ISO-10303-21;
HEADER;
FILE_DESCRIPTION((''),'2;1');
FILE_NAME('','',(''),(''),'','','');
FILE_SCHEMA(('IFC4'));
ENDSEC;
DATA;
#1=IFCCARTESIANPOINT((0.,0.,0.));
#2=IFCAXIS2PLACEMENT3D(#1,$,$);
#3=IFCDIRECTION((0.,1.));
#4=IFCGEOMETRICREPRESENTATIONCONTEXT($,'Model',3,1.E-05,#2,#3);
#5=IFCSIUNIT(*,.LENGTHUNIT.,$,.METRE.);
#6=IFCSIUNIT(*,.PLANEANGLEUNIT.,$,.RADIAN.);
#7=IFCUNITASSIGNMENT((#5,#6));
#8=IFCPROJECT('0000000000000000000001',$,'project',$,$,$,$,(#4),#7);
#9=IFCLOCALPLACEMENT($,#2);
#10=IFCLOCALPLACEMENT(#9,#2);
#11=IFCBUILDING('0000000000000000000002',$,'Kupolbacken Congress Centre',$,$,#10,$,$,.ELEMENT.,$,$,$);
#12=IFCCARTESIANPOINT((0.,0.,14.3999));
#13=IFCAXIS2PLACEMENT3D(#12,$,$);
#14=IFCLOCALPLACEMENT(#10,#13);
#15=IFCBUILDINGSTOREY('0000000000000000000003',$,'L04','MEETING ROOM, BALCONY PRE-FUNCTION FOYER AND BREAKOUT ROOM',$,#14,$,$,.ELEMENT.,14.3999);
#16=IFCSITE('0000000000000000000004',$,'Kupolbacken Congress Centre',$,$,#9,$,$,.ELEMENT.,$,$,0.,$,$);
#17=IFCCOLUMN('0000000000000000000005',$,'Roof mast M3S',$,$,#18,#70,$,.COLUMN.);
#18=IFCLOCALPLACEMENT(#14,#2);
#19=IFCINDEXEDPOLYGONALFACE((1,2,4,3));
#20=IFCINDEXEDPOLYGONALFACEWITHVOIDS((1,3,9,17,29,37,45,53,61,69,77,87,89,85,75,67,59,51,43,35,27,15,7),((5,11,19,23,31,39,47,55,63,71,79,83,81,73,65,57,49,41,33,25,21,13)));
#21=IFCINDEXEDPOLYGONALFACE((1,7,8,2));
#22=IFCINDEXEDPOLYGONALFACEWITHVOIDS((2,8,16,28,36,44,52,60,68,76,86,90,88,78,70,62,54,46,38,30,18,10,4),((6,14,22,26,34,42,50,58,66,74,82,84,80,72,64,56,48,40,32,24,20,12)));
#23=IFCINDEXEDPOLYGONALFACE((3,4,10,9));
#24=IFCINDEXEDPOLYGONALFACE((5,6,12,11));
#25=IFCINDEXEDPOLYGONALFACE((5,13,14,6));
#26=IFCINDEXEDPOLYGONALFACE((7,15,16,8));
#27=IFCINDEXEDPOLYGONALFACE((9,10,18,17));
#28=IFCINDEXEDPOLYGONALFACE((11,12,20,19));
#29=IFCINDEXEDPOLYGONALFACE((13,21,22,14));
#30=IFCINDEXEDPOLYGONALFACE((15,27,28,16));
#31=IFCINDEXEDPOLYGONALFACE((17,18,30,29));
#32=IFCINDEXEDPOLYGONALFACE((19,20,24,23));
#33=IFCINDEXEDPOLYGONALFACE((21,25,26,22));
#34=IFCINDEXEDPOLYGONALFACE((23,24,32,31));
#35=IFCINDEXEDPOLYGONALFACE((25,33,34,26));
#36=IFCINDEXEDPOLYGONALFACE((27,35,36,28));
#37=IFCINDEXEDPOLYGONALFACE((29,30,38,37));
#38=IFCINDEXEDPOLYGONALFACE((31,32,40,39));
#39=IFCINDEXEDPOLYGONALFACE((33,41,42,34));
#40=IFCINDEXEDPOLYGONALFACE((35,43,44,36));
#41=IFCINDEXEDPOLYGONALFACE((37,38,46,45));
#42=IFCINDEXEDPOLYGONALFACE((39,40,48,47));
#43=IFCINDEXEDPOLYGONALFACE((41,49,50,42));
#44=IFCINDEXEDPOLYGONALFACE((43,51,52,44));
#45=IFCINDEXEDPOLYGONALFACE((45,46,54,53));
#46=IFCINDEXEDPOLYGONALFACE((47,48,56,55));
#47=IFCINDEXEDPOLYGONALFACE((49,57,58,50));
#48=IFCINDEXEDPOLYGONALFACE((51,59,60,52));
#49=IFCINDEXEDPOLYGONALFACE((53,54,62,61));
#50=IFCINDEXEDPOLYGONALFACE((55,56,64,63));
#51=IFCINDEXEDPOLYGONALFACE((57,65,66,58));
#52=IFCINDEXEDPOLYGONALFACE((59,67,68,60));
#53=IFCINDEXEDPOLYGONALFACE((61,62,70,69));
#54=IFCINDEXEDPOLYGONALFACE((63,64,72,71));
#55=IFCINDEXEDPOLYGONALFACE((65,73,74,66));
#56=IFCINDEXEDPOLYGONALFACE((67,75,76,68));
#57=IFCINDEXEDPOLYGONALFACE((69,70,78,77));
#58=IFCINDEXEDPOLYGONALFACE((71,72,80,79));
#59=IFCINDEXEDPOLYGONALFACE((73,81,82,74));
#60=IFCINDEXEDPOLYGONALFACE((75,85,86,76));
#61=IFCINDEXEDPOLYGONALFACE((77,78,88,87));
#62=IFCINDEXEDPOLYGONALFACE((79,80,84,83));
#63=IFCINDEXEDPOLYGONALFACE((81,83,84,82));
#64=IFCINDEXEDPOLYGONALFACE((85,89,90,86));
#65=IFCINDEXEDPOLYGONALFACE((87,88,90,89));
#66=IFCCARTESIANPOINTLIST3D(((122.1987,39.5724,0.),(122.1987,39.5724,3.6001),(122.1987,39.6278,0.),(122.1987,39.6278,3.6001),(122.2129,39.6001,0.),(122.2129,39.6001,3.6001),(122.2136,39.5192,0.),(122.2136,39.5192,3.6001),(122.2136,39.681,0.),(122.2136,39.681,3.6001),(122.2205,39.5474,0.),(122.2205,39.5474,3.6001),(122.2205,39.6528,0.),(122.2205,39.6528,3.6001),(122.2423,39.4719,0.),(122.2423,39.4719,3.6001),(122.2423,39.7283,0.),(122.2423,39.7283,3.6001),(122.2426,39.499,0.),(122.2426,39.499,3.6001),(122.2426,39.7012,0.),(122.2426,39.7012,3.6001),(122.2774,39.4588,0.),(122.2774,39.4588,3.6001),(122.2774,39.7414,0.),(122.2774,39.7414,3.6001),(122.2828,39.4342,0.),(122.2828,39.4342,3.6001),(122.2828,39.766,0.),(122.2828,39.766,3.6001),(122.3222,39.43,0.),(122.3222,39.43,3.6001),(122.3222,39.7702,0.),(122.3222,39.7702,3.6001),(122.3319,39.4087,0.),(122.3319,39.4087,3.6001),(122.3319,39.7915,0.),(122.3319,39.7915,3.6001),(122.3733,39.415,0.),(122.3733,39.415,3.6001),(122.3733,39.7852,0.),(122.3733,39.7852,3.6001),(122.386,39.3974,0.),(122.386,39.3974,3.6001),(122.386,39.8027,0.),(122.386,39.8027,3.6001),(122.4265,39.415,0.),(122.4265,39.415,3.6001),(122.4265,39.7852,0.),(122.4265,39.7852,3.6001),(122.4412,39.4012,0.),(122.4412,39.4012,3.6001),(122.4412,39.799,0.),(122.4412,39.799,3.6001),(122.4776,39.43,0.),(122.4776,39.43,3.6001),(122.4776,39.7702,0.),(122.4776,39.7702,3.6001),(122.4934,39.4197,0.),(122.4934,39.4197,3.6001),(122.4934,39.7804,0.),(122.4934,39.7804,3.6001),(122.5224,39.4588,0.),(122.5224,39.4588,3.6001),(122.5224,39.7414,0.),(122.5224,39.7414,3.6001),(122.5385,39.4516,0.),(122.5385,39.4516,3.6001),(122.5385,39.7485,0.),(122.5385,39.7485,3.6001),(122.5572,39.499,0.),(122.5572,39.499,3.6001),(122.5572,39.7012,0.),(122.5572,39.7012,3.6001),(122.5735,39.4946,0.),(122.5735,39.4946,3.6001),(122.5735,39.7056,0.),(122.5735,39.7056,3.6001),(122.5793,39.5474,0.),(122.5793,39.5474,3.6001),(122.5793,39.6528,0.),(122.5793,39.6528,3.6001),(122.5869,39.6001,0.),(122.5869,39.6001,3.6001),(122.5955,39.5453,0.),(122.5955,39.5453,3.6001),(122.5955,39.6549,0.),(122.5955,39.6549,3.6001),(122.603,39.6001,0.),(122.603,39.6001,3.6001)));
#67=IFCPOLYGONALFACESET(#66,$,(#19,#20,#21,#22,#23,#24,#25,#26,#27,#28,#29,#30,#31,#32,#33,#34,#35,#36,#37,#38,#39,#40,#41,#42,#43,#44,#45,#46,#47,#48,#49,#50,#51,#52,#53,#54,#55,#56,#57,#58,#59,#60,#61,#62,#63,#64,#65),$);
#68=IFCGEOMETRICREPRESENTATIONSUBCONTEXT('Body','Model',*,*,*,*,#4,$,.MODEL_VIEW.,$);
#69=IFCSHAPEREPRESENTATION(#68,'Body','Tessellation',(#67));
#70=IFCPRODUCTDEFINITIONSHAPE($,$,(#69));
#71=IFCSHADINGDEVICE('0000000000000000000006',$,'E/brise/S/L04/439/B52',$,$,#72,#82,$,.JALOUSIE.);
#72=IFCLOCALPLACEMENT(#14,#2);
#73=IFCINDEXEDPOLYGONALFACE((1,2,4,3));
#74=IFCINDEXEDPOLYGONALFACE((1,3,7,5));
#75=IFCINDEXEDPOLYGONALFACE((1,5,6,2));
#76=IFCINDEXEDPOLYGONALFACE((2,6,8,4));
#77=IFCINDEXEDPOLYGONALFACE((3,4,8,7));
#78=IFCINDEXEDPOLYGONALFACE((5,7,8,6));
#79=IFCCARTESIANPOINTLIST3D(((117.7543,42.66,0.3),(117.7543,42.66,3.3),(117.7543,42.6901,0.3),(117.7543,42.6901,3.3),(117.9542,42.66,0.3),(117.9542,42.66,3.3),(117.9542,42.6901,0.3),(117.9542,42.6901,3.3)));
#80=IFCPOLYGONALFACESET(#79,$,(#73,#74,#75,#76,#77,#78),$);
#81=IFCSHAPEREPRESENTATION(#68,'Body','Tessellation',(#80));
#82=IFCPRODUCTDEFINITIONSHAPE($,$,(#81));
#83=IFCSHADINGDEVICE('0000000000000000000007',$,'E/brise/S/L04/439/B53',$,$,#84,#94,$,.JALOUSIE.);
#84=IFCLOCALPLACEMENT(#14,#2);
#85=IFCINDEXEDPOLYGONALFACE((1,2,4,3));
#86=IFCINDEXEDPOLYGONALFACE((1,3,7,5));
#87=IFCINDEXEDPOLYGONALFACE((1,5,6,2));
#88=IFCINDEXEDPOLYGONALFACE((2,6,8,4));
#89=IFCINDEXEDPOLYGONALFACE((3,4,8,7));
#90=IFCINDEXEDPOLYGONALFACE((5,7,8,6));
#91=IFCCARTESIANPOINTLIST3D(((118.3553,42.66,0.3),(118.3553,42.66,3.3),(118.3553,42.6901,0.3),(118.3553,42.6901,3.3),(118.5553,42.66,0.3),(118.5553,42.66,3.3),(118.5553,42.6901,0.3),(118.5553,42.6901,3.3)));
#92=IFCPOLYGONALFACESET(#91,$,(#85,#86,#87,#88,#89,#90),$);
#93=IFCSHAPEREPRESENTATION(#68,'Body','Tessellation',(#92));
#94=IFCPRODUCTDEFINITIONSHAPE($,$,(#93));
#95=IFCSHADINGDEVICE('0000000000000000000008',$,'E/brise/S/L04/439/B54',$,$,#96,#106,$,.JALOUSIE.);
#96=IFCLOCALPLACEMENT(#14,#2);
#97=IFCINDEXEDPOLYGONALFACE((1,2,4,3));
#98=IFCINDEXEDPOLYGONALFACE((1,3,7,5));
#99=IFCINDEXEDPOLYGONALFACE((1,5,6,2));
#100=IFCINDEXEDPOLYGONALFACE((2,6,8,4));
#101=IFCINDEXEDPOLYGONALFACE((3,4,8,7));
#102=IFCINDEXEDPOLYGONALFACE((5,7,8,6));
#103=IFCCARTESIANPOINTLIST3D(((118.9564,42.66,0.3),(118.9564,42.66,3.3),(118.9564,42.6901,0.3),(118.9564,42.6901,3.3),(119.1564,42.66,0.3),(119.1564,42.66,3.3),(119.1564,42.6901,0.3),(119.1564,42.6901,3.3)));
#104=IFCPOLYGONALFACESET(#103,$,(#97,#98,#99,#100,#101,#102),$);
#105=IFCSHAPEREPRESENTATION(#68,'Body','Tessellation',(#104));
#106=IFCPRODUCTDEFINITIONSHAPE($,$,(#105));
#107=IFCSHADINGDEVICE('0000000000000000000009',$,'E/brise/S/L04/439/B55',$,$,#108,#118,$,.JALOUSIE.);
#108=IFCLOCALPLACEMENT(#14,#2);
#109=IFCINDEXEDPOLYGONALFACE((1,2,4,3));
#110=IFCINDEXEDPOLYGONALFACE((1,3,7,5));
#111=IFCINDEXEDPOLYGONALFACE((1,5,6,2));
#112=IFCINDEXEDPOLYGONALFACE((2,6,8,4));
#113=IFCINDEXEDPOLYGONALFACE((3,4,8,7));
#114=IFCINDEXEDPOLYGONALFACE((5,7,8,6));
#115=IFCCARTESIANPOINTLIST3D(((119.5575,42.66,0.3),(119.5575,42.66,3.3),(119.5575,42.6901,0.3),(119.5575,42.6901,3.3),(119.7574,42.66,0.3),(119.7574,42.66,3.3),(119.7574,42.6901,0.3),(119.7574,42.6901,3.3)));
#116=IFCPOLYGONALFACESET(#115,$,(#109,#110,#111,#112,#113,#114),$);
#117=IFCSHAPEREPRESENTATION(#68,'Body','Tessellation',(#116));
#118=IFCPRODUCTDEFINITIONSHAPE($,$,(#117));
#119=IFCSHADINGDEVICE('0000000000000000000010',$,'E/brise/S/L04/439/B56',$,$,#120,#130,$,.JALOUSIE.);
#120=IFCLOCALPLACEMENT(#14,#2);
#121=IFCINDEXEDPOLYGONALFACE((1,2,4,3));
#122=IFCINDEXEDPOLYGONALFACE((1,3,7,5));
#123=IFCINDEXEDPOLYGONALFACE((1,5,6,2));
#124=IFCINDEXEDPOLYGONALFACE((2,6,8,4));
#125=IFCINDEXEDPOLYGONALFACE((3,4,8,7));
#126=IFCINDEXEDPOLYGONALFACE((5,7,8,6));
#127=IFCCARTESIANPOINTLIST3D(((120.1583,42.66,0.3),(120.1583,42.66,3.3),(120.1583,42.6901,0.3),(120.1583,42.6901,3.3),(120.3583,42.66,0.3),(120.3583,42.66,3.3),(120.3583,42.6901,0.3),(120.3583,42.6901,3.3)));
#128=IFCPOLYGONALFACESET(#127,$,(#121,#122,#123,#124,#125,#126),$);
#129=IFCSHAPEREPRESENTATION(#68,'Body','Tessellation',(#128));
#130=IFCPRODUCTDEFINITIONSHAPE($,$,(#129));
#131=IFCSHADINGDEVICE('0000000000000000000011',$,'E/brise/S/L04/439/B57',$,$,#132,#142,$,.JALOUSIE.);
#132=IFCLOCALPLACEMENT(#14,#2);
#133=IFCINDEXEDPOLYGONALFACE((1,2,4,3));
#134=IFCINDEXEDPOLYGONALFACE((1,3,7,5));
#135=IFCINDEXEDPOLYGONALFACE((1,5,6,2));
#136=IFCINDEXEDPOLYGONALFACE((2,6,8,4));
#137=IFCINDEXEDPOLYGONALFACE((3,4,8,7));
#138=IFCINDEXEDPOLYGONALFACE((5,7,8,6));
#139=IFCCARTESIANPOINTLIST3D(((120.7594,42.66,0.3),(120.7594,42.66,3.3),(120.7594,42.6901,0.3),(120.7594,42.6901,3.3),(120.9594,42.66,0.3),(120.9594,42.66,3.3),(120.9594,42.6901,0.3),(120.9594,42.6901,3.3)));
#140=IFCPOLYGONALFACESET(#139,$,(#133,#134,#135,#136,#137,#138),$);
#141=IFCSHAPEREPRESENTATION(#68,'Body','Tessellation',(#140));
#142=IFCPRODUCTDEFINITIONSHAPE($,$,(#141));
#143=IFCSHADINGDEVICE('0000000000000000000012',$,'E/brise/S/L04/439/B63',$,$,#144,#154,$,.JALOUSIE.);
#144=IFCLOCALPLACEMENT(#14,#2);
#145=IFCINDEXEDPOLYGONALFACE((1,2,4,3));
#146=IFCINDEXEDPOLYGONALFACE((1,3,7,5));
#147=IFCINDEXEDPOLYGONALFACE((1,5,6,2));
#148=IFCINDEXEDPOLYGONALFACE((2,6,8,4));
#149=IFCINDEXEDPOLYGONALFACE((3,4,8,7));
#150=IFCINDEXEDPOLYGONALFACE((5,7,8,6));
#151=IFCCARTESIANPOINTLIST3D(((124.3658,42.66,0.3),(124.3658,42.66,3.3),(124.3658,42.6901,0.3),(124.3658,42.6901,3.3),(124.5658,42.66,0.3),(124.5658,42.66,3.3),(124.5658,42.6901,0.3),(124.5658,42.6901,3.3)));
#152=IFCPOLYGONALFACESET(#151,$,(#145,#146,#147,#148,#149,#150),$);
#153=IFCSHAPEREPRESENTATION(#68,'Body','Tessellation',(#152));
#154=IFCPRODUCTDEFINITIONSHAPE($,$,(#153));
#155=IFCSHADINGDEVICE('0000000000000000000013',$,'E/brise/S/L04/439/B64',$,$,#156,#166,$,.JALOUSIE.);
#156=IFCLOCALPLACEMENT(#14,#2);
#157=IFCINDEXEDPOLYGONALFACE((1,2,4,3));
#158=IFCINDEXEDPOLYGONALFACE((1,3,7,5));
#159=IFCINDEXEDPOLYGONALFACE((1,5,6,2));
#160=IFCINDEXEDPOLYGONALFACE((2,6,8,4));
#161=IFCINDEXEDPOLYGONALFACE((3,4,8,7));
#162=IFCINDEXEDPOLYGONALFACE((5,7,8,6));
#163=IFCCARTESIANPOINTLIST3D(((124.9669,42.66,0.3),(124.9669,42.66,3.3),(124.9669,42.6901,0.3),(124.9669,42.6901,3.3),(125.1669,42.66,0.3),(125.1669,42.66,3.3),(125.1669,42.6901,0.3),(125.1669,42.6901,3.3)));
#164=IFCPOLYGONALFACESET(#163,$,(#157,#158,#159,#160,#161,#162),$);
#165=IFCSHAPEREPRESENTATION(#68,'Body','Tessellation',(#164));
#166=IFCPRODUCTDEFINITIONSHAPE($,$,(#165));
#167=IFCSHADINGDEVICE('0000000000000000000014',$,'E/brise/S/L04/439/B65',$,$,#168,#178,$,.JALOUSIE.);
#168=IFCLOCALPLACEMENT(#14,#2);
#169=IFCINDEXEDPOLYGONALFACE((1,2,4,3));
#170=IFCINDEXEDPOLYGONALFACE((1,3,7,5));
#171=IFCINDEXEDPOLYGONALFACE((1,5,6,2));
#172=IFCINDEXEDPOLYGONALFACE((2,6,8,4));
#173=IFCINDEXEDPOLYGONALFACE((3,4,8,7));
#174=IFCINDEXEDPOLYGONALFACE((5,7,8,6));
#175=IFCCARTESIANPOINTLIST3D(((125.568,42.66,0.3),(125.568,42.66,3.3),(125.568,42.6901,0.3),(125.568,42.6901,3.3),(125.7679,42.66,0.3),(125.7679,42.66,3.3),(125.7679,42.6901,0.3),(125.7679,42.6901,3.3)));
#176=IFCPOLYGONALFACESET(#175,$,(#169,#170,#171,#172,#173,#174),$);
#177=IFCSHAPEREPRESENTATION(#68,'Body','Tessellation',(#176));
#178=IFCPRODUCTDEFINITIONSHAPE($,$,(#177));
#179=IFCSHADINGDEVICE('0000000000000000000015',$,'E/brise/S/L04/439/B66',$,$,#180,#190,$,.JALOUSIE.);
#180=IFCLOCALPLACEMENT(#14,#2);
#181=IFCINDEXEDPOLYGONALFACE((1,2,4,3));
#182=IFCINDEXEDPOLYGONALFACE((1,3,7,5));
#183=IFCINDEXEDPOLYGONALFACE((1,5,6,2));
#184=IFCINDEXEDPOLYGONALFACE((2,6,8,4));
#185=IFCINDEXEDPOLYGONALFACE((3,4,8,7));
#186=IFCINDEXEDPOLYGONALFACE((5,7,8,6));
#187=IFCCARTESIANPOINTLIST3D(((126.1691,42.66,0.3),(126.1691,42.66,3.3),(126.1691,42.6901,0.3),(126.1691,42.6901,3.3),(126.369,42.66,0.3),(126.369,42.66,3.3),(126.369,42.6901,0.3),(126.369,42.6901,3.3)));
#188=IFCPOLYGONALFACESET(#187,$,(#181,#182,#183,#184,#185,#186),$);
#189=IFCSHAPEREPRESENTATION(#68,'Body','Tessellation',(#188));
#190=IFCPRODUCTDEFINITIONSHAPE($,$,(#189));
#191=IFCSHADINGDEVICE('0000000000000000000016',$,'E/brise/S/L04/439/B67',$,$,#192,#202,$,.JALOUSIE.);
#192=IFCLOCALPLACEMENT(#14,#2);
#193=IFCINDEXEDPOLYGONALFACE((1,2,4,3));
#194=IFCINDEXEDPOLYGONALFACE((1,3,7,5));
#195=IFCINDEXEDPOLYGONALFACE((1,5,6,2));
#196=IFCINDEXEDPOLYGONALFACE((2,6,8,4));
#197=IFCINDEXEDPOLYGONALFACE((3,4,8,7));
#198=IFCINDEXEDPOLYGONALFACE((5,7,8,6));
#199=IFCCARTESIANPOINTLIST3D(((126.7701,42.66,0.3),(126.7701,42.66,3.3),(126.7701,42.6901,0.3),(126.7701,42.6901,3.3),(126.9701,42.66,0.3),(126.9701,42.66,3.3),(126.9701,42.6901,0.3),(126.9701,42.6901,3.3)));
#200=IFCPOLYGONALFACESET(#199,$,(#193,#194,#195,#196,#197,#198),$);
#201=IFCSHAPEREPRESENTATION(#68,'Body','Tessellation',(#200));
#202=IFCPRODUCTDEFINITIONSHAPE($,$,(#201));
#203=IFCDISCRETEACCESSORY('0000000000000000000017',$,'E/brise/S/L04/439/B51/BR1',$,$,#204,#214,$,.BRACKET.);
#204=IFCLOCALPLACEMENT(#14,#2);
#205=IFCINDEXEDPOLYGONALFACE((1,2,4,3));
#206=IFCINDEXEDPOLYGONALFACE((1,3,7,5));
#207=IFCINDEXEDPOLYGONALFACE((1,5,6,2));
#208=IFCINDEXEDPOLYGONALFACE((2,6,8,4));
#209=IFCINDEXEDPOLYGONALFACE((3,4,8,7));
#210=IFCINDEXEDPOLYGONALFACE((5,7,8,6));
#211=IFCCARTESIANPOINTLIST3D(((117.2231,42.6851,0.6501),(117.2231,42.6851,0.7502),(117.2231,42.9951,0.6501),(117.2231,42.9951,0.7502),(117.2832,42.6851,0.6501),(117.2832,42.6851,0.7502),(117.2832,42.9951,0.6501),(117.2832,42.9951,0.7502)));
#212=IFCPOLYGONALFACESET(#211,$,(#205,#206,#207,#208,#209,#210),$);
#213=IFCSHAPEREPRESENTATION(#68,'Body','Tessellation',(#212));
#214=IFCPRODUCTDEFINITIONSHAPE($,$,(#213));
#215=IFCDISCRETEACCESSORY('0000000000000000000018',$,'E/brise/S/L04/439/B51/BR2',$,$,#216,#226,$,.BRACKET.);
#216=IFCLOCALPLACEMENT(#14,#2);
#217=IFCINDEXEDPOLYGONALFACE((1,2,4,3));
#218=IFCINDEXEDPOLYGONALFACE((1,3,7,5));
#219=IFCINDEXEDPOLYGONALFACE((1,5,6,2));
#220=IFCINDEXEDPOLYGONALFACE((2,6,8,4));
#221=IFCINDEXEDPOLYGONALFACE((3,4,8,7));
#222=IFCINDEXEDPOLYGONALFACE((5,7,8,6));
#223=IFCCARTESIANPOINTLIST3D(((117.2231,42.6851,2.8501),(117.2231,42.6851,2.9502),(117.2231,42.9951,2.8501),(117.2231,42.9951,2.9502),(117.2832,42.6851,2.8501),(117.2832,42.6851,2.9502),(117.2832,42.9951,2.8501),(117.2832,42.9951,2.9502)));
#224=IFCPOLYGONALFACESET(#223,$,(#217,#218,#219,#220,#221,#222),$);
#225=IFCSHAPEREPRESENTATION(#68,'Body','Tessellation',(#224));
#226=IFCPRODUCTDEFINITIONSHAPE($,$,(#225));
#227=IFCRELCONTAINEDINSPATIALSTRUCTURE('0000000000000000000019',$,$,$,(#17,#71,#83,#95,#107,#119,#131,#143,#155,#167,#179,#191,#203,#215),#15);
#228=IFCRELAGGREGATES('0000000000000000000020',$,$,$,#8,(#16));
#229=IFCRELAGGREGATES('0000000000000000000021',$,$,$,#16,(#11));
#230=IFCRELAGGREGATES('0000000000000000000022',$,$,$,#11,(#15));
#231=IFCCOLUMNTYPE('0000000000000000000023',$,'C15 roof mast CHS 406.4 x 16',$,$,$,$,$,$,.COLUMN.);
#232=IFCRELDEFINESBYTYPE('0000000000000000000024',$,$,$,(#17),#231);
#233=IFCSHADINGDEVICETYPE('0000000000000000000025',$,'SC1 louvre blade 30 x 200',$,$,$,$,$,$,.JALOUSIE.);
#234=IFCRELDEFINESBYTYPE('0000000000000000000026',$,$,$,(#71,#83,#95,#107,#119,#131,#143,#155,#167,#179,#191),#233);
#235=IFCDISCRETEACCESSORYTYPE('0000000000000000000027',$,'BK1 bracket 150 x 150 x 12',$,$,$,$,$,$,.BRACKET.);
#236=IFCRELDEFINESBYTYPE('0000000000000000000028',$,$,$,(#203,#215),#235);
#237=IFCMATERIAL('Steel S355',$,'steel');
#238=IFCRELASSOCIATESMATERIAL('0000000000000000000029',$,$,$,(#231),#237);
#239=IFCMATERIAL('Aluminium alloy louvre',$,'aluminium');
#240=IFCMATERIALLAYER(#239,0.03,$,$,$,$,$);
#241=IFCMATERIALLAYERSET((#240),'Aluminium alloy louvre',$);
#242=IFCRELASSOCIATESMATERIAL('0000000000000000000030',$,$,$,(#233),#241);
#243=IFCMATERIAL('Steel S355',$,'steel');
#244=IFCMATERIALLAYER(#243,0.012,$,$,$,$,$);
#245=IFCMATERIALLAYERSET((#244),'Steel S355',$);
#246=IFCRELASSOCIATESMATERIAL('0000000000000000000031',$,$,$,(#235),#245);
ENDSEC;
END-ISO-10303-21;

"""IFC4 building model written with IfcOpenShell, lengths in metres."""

from ifc_helpers import new_model, si_unit, direction, frame, origin, origin_2d, place, context, subcontext, project, spatial, rectangle, hollow_circle, extrude, material, layer, layer_set, material_profile, profile_set, type_object, element, save


model = new_model("IFC4")

# Units and contexts
model_context = context("Model", 3, precision=1e-05, world=origin(), true_north=direction((0.0, 1.0)))
body_context = subcontext(model_context, "Body", "Model", "MODEL_VIEW")
ifc_project = project(units=[si_unit("LENGTHUNIT", "METRE"), si_unit("PLANEANGLEUNIT", "RADIAN")], contexts=[model_context])

# Site, building, storey
site_placement = place(None, origin())
site = spatial("IfcSite", under=ifc_project, at=site_placement, Name="Kupolbacken Congress Centre", CompositionType="ELEMENT", RefElevation=0.0)
building_placement = place(site_placement, origin())
building = spatial("IfcBuilding", under=site, at=building_placement, Name="Kupolbacken Congress Centre", CompositionType="ELEMENT")
storey_placement = place(building_placement, frame((0.0, 0.0, 14.3999)))
storey = spatial("IfcBuildingStorey", under=building, at=storey_placement, Name="L04", Description="MEETING ROOM, BALCONY PRE-FUNCTION FOYER AND BREAKOUT ROOM", CompositionType="ELEMENT", Elevation=14.3999)

# Column
ifc_material_1 = material(Name="Steel S355", Category="steel")
ifc_material_profile = material_profile(ifc_material_1, hollow_circle(Radius=0.2031, WallThickness=0.0161, at=origin_2d()), Name="CHS 406.4 x 16")
ifc_profile_set = profile_set([ifc_material_profile], Name="Steel S355")
column_type = type_object("IfcColumnType", Name="C15 roof mast CHS 406.4 x 16", PredefinedType="COLUMN", material=ifc_profile_set)
column_placement = place(storey_placement, frame((122.3999, 39.6001, 0.0), z_axis=(0.0, 0.0, 1.0), x_axis=(1.0, 0.0, 0.0)))
element("IfcColumn", 1, at=column_placement, inside=storey, type_object=column_type, Name="Roof mast M3S", PredefinedType="COLUMN", context=body_context, shape_type="SweptSolid", body=[
    extrude(hollow_circle(Radius=0.2031, WallThickness=0.0161, at=origin_2d()), origin(), (0.0, 0.0, 1.0), 3.6001),
])

# Shading devices
ifc_material_2 = material(Name="Aluminium alloy louvre", Category="aluminium")
ifc_layer_1 = layer(ifc_material_2, 0.03)
ifc_layer_set_1 = layer_set([ifc_layer_1], Name="Aluminium alloy louvre")
shading_device_type = type_object("IfcShadingDeviceType", Name="SC1 louvre blade 30 x 200", PredefinedType="JALOUSIE", material=ifc_layer_set_1)
for number, where, z_axis, x_axis, name in (
    (2, (117.8542, 42.675, 0.3), (0.0, 0.0, 1.0), (1.0, 0.0, 0.0), "E/brise/S/L04/439/B52"),
    (3, (118.4553, 42.675, 0.3), (0.0, 0.0, 1.0), (1.0, 0.0, 0.0), "E/brise/S/L04/439/B53"),
    (4, (119.0564, 42.675, 0.3), (0.0, 0.0, 1.0), (1.0, 0.0, 0.0), "E/brise/S/L04/439/B54"),
    (5, (119.6575, 42.675, 0.3), (0.0, 0.0, 1.0), (1.0, 0.0, 0.0), "E/brise/S/L04/439/B55"),
    (6, (120.2583, 42.675, 0.3), (0.0, 0.0, 1.0), (1.0, 0.0, 0.0), "E/brise/S/L04/439/B56"),
    (7, (120.8594, 42.675, 0.3), (0.0, 0.0, 1.0), (1.0, 0.0, 0.0), "E/brise/S/L04/439/B57"),
    (8, (124.4658, 42.675, 0.3), (0.0, 0.0, 1.0), (1.0, 0.0, 0.0), "E/brise/S/L04/439/B63"),
    (9, (125.0669, 42.675, 0.3), (0.0, 0.0, 1.0), (1.0, 0.0, 0.0), "E/brise/S/L04/439/B64"),
    (10, (125.668, 42.675, 0.3), (0.0, 0.0, 1.0), (1.0, 0.0, 0.0), "E/brise/S/L04/439/B65"),
    (11, (126.269, 42.675, 0.3), (0.0, 0.0, 1.0), (1.0, 0.0, 0.0), "E/brise/S/L04/439/B66"),
    (12, (126.8701, 42.675, 0.3), (0.0, 0.0, 1.0), (1.0, 0.0, 0.0), "E/brise/S/L04/439/B67"),
):
    element("IfcShadingDevice", number, at=place(storey_placement, frame(where, z_axis=z_axis, x_axis=x_axis)), inside=storey, type_object=shading_device_type, Name=name, PredefinedType="JALOUSIE", context=body_context, shape_type="SweptSolid", body=[
        extrude(rectangle(XDim=0.2, YDim=0.03, at=origin_2d()), origin(), (0.0, 0.0, 1.0), 3.0),
    ])

# Discrete accessories
ifc_material_3 = material(Name="Steel S355", Category="steel")
ifc_layer_2 = layer(ifc_material_3, 0.012)
ifc_layer_set_2 = layer_set([ifc_layer_2], Name="Steel S355")
discrete_accessory_type = type_object("IfcDiscreteAccessoryType", Name="BK1 bracket 150 x 150 x 12", PredefinedType="BRACKET", material=ifc_layer_set_2)
for number, where, z_axis, x_axis, name in (
    (13, (117.2532, 42.8401, 0.6501), (0.0, 0.0, 1.0), (1.0, 0.0, 0.0), "E/brise/S/L04/439/B51/BR1"),
    (14, (117.2532, 42.8401, 2.8501), (0.0, 0.0, 1.0), (1.0, 0.0, 0.0), "E/brise/S/L04/439/B51/BR2"),
):
    element("IfcDiscreteAccessory", number, at=place(storey_placement, frame(where, z_axis=z_axis, x_axis=x_axis)), inside=storey, type_object=discrete_accessory_type, Name=name, PredefinedType="BRACKET", context=body_context, shape_type="SweptSolid", body=[
        extrude(rectangle(XDim=0.0601, YDim=0.3101, at=origin_2d()), origin(), (0.0, 0.0, 1.0), 0.1001),
    ])

save(model, "model.ifc")
